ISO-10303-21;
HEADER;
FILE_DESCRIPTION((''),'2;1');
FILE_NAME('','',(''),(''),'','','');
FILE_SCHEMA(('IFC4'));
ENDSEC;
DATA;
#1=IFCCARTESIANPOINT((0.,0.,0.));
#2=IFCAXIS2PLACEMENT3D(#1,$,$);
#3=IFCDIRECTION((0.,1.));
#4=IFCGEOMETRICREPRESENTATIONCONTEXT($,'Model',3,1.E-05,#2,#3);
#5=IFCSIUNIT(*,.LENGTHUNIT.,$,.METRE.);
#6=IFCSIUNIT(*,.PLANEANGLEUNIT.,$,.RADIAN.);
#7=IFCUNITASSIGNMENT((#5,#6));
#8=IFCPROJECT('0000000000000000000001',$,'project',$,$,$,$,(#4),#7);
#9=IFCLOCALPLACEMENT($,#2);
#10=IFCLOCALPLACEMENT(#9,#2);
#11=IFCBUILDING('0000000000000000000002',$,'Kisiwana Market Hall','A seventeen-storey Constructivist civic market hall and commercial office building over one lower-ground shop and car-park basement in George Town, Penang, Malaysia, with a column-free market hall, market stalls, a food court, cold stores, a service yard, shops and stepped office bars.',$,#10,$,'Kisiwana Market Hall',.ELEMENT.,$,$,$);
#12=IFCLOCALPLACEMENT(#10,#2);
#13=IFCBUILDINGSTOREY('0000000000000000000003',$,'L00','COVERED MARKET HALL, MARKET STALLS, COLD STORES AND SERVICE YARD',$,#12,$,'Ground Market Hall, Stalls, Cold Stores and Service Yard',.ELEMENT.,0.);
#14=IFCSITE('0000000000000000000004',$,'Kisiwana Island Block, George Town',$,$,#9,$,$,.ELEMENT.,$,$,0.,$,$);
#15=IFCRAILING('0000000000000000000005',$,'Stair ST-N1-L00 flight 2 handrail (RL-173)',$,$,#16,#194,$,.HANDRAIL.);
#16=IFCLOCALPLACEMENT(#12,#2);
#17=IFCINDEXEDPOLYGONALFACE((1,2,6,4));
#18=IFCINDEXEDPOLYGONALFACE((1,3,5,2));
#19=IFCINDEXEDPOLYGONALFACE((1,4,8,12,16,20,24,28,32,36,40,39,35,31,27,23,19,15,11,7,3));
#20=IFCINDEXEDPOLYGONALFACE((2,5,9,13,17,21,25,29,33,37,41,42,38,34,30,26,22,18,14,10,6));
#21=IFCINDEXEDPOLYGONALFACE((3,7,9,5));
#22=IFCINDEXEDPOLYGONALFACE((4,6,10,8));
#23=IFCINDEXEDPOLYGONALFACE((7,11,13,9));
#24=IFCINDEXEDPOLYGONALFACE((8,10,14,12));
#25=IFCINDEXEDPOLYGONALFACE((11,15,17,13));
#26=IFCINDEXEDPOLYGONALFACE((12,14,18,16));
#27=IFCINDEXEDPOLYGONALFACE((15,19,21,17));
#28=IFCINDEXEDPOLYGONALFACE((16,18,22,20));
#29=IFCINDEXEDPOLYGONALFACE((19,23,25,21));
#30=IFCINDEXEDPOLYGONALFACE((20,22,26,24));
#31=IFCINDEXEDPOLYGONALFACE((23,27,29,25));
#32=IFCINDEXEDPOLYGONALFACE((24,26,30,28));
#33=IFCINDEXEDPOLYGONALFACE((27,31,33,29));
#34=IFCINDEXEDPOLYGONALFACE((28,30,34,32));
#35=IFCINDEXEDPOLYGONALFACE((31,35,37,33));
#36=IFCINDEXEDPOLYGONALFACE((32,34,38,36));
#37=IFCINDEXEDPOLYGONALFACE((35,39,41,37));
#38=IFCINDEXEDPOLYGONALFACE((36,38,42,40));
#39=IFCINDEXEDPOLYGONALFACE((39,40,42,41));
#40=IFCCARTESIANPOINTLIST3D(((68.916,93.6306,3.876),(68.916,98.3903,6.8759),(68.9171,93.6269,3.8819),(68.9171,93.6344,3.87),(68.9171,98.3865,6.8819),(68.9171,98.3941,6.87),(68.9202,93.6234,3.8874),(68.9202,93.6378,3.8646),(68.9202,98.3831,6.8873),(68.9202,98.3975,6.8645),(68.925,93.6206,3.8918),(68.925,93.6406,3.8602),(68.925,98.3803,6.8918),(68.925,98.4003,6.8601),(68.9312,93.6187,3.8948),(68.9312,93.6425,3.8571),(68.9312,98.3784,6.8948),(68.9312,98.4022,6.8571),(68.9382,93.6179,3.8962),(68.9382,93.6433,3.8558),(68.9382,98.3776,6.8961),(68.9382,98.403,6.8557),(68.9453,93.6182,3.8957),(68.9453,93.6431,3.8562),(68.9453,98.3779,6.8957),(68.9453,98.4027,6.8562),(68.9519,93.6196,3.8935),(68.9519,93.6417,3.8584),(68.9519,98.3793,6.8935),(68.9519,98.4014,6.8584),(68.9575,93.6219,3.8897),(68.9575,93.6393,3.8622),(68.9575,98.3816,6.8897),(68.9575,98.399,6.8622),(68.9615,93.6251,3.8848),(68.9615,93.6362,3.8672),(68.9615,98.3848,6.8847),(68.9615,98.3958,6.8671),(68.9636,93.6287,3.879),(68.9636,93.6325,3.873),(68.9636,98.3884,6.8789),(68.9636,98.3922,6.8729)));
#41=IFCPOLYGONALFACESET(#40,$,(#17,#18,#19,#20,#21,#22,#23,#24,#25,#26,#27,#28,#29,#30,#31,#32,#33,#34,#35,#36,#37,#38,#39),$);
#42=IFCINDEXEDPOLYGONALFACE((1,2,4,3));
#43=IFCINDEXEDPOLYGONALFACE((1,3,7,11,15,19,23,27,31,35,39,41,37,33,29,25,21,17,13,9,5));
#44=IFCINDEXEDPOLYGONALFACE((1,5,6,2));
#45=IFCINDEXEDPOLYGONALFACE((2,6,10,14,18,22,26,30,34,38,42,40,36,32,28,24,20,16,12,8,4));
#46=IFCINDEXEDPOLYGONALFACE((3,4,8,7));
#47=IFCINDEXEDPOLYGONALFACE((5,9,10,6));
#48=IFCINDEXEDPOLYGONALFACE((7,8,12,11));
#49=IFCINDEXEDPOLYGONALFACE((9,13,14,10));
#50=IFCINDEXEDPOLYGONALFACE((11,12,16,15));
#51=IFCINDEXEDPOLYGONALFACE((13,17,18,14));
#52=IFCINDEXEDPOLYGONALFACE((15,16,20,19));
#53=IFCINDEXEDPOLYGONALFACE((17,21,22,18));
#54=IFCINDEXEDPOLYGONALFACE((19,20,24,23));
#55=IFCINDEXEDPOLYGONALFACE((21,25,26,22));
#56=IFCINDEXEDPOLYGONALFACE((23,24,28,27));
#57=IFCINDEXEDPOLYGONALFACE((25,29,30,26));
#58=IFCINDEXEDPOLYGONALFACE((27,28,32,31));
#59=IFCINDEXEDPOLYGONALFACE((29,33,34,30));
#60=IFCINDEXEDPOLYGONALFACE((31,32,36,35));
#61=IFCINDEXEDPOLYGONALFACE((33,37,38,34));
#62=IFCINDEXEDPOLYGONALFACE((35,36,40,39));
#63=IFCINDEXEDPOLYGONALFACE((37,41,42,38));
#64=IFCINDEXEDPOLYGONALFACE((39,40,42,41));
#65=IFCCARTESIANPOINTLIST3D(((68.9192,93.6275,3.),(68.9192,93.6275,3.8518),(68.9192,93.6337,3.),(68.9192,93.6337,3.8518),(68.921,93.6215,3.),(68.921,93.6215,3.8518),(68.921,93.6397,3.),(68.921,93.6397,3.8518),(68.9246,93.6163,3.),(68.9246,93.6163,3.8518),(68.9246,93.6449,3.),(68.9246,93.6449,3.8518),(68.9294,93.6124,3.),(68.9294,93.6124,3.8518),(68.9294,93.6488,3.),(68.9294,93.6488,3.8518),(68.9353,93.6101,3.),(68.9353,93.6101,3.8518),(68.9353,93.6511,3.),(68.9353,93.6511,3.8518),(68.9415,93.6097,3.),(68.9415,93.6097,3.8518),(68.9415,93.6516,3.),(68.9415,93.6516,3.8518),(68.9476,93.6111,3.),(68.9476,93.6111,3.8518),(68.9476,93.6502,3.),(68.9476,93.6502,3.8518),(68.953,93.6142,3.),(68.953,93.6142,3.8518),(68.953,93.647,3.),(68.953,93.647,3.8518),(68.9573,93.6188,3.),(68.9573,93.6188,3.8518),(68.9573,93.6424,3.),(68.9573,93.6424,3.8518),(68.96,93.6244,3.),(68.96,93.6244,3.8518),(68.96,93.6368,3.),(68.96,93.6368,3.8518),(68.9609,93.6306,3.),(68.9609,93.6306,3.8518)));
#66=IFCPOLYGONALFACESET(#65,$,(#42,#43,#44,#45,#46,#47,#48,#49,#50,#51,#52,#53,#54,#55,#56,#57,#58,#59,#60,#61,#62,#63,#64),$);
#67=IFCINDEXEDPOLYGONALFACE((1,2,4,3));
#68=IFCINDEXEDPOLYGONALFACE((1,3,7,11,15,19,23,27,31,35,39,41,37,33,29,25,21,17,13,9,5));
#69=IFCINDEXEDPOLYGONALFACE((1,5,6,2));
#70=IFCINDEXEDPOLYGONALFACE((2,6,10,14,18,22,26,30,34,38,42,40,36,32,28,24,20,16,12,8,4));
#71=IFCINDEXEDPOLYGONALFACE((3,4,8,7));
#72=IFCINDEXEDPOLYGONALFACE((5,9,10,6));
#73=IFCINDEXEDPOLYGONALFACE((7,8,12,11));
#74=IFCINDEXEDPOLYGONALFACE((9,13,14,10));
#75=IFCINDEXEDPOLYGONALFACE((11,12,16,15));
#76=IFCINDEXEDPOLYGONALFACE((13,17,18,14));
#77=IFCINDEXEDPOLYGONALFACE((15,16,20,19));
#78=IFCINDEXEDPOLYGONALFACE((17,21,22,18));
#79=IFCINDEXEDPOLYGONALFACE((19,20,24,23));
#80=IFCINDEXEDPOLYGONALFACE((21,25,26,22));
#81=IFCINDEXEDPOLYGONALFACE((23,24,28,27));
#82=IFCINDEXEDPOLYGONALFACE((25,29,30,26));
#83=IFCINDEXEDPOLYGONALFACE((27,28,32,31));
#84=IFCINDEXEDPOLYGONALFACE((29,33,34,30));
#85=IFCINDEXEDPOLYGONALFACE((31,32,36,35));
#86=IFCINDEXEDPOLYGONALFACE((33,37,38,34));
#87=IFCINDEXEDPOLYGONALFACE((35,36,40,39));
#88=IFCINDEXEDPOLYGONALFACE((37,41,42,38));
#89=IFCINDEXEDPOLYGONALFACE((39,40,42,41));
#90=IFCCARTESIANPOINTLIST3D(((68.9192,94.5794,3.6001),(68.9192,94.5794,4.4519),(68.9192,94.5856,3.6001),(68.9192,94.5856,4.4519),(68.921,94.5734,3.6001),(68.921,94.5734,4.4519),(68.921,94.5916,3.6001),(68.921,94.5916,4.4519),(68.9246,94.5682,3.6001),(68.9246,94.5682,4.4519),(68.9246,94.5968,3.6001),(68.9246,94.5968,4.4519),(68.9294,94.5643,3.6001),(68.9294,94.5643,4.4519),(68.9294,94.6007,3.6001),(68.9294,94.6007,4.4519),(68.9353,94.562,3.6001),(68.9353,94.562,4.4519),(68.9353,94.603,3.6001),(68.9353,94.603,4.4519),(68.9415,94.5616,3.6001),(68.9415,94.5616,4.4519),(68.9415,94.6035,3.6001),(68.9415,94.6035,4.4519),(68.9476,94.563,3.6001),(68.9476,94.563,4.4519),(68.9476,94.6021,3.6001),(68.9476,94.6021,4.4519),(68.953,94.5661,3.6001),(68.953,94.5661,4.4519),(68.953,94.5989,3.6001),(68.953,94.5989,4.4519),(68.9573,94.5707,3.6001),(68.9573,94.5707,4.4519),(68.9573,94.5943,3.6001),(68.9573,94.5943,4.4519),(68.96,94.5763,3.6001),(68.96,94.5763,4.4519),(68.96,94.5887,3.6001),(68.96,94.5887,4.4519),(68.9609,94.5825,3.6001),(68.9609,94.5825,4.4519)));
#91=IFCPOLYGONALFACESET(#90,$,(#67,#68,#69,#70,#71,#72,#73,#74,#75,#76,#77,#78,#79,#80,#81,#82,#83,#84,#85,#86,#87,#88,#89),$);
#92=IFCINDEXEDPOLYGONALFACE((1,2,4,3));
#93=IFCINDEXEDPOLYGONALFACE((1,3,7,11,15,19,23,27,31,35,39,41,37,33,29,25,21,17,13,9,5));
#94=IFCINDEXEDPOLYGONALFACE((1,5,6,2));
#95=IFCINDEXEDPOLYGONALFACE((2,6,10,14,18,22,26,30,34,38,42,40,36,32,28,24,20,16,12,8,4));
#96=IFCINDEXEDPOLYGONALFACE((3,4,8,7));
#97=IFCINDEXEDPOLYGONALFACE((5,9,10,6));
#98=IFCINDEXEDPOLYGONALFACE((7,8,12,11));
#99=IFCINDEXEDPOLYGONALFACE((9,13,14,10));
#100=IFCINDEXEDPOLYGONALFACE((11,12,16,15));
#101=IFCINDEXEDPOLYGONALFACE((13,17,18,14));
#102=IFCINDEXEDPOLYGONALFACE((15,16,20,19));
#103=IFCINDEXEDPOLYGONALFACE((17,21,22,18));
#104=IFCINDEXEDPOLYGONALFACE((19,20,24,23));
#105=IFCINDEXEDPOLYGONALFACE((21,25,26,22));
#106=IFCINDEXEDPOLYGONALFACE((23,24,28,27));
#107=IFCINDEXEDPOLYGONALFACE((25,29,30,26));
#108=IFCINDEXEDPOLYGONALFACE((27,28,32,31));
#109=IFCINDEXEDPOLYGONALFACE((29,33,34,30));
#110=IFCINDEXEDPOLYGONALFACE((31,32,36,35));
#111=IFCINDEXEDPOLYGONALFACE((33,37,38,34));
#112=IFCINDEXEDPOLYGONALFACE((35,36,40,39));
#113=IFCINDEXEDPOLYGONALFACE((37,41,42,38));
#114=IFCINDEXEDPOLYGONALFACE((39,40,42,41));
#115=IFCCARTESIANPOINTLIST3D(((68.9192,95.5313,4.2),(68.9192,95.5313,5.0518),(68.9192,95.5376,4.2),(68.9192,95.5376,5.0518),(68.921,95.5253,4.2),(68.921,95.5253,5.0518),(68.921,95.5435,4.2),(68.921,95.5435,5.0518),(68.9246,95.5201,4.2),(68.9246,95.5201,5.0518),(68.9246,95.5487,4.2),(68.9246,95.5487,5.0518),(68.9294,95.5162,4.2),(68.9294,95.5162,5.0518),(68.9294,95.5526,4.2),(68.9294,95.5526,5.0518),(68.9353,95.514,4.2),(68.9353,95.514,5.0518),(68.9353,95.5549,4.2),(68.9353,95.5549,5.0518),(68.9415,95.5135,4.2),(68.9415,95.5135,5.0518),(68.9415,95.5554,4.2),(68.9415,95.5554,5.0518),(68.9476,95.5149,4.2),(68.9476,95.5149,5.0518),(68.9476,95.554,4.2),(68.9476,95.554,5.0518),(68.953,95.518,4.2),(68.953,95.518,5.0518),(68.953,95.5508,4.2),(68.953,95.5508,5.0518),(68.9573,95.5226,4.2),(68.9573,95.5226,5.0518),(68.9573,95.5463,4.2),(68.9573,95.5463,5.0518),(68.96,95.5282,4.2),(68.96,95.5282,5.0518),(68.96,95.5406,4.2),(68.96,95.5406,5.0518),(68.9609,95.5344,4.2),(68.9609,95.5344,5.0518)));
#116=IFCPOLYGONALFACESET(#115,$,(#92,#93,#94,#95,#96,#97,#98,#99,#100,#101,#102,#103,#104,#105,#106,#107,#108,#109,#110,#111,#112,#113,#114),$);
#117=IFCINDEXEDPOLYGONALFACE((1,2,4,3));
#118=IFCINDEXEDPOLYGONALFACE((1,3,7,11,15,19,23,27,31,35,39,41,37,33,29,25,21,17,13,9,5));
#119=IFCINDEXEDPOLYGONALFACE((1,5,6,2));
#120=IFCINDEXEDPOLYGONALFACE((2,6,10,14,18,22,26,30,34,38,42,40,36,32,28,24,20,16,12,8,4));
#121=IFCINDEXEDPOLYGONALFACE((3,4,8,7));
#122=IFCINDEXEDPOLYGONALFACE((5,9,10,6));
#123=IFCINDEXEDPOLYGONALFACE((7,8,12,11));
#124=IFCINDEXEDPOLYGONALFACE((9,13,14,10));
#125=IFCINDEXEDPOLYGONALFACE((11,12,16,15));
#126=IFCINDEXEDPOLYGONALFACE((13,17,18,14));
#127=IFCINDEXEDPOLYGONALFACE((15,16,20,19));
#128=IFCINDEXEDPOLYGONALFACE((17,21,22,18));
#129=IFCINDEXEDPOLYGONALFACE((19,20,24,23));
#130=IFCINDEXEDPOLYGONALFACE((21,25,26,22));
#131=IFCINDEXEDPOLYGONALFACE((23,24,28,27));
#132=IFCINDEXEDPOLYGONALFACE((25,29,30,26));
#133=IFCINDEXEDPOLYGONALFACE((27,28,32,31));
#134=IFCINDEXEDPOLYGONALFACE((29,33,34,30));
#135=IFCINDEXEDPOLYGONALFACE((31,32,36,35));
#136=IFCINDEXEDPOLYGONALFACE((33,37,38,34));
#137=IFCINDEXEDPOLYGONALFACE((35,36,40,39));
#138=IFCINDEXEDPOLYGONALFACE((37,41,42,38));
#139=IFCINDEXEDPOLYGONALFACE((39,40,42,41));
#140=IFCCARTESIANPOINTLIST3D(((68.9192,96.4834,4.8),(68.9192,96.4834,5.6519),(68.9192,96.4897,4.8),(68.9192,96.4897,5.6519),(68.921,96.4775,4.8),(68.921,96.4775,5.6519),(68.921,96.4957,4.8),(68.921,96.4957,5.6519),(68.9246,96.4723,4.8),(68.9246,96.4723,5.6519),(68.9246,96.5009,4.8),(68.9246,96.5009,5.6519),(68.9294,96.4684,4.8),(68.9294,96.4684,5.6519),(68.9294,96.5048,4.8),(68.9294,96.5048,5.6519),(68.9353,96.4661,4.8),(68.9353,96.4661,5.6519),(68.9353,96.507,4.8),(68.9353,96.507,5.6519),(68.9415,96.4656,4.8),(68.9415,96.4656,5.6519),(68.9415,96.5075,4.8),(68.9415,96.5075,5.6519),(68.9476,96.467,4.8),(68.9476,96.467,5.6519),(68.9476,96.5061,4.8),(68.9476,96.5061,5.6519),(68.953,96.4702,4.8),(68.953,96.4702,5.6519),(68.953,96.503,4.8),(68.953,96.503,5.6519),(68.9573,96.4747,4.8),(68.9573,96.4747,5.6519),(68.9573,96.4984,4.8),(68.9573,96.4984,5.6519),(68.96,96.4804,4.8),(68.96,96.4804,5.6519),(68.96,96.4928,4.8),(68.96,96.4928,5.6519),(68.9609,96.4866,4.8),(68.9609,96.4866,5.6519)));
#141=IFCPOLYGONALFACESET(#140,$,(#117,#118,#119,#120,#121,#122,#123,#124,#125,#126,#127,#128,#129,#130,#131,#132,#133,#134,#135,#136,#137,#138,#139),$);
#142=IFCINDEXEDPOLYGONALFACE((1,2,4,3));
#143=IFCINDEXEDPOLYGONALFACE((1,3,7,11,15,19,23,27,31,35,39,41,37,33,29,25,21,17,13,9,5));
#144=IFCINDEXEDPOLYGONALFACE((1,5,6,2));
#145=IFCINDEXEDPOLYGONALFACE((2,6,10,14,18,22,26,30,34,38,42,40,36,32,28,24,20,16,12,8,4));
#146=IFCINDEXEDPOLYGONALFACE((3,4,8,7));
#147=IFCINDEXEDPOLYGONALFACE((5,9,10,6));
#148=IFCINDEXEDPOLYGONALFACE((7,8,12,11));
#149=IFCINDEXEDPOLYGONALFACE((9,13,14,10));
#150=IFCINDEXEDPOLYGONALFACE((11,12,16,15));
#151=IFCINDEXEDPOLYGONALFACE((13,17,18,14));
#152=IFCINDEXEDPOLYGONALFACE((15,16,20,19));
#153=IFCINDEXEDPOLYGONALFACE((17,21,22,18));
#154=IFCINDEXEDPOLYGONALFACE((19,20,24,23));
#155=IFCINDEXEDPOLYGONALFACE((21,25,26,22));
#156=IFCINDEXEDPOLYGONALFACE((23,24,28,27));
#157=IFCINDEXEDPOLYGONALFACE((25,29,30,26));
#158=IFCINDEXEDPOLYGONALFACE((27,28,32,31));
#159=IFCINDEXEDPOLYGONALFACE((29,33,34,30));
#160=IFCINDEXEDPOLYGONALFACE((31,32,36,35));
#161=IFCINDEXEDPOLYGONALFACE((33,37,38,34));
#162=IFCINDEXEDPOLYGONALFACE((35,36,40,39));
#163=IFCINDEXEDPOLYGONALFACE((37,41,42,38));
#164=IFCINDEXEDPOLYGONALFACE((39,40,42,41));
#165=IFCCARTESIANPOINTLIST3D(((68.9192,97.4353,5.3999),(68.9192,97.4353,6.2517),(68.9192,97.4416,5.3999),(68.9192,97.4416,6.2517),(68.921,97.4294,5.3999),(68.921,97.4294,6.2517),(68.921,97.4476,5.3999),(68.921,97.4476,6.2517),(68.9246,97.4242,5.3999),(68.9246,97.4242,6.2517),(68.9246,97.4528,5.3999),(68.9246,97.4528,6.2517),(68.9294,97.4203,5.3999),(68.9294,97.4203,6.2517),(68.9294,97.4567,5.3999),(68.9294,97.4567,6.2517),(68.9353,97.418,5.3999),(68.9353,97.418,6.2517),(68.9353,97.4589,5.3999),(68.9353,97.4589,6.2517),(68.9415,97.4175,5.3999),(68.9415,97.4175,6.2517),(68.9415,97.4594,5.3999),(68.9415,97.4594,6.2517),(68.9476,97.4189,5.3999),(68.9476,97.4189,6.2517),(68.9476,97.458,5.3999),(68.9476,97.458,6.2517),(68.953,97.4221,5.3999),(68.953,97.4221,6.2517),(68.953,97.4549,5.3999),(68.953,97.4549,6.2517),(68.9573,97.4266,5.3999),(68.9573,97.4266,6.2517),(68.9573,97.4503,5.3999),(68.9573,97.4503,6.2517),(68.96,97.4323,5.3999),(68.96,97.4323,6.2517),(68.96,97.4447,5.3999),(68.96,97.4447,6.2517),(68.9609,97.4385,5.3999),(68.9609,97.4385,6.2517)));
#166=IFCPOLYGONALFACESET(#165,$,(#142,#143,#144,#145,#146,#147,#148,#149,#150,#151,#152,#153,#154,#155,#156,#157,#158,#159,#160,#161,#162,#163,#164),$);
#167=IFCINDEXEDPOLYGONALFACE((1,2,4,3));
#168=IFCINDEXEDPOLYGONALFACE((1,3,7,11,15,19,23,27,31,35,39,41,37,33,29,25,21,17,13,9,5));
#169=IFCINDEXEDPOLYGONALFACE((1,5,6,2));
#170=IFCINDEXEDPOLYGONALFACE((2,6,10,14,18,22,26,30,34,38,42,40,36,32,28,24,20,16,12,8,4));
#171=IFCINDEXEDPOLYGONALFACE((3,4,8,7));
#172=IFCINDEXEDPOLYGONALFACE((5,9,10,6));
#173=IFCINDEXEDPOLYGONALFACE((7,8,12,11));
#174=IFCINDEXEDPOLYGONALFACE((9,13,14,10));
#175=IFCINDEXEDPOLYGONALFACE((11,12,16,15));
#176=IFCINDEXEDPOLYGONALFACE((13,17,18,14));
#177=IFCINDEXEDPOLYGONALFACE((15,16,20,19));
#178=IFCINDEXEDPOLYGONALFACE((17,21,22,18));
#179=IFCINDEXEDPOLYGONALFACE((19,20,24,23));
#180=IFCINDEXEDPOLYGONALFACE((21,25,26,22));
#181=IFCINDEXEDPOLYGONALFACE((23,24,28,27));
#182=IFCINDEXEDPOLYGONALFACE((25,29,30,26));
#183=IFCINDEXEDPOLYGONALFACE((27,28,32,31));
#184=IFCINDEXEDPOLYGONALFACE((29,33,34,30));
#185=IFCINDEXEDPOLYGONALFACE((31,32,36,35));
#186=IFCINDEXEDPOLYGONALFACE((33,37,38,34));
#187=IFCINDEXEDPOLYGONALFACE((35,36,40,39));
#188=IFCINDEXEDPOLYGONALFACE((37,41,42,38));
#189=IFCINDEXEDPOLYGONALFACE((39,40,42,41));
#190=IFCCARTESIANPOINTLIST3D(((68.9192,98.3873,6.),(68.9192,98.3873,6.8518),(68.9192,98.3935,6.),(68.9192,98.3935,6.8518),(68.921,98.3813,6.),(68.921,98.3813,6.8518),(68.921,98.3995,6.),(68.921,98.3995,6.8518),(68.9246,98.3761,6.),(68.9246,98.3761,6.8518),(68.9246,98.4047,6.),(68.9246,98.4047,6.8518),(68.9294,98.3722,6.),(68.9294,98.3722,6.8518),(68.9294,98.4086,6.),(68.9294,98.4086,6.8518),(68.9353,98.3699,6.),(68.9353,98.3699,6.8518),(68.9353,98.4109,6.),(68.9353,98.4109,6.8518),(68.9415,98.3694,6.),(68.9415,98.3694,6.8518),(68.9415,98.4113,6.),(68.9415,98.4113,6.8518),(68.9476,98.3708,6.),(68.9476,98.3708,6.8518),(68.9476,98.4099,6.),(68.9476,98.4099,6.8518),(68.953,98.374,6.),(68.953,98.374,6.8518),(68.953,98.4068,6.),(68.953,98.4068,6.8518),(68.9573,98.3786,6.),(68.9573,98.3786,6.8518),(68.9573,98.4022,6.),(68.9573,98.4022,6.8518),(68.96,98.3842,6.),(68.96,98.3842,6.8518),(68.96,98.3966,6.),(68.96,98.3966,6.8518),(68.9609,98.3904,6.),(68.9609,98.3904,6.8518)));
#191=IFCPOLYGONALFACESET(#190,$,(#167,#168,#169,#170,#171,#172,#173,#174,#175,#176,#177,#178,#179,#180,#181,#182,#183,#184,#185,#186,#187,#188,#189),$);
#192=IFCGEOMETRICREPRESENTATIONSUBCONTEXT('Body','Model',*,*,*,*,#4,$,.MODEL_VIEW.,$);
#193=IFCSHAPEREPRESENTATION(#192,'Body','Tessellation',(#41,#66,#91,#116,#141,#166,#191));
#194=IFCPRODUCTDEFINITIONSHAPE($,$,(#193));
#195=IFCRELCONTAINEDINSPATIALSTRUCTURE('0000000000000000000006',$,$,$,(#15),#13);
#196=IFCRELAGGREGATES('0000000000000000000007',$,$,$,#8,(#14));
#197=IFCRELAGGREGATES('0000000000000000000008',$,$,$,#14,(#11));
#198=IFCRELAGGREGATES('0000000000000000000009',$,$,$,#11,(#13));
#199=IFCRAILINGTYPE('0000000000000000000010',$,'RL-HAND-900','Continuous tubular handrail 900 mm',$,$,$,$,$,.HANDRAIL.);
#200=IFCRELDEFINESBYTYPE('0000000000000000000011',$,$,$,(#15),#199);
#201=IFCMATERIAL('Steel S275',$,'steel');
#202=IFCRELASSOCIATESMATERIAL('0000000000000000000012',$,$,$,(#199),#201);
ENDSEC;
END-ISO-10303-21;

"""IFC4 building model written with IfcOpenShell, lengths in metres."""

from ifc_helpers import new_model, si_unit, direction, frame, origin, origin_2d, place, context, subcontext, project, spatial, circle, extrude, material, type_object, element, save


model = new_model("IFC4")

# Units and contexts
model_context = context("Model", 3, precision=1e-05, world=origin(), true_north=direction((0.0, 1.0)))
body_context = subcontext(model_context, "Body", "Model", "MODEL_VIEW")
ifc_project = project(units=[si_unit("LENGTHUNIT", "METRE"), si_unit("PLANEANGLEUNIT", "RADIAN")], contexts=[model_context])

# Site, building, storey
site_placement = place(None, origin())
site = spatial("IfcSite", under=ifc_project, at=site_placement, Name="Kisiwana Island Block, George Town", CompositionType="ELEMENT", RefElevation=0.0)
building_placement = place(site_placement, origin())
building = spatial("IfcBuilding", under=site, at=building_placement, Name="Kisiwana Market Hall", Description="A seventeen-storey Constructivist civic market hall and commercial office building over one lower-ground shop and car-park basement in George Town, Penang, Malaysia, with a column-free market hall, market stalls, a food court, cold stores, a service yard, shops and stepped office bars.", LongName="Kisiwana Market Hall", CompositionType="ELEMENT")
storey_placement = place(building_placement, origin())
storey = spatial("IfcBuildingStorey", under=building, at=storey_placement, Name="L00", Description="COVERED MARKET HALL, MARKET STALLS, COLD STORES AND SERVICE YARD", LongName="Ground Market Hall, Stalls, Cold Stores and Service Yard", CompositionType="ELEMENT", Elevation=0.0)

# Railing
ifc_material_1 = material(Name="Steel S275", Category="steel")
railing_type_1 = type_object("IfcRailingType", Name="RL-HAND-900", Description="Continuous tubular handrail 900 mm", PredefinedType="HANDRAIL", material=ifc_material_1)
railing_1_placement = place(storey_placement, frame((68.9399, 93.6306, 3.0)))
element("IfcRailing", 1, at=railing_1_placement, inside=storey, type_object=railing_type_1, Name="Stair ST-N1-L00 flight 2 handrail (RL-173)", PredefinedType="HANDRAIL", context=body_context, shape_type="SweptSolid", body=[
    extrude(circle(Radius=0.0239, at=origin_2d()), frame((0.0, 0.0, 0.876), z_axis=(0.0, 0.845983, 0.533209), x_axis=(-1.0, 0.0, 0.0)), (0.0, 0.0, 1.0), 5.6262),
    extrude(circle(Radius=0.021, at=origin_2d()), origin(), (0.0, 0.0, 1.0), 0.8518),
    extrude(circle(Radius=0.021, at=origin_2d()), frame((0.0, 0.9519, 0.6001)), (0.0, 0.0, 1.0), 0.8518),
    extrude(circle(Radius=0.021, at=origin_2d()), frame((0.0, 1.9038, 1.2)), (0.0, 0.0, 1.0), 0.8518),
    extrude(circle(Radius=0.021, at=origin_2d()), frame((0.0, 2.856, 1.8)), (0.0, 0.0, 1.0), 0.8518),
    extrude(circle(Radius=0.021, at=origin_2d()), frame((0.0, 3.8079, 2.3999)), (0.0, 0.0, 1.0), 0.8518),
    extrude(circle(Radius=0.021, at=origin_2d()), frame((0.0, 4.7598, 3.0)), (0.0, 0.0, 1.0), 0.8518),
])

save(model, "model.ifc")
